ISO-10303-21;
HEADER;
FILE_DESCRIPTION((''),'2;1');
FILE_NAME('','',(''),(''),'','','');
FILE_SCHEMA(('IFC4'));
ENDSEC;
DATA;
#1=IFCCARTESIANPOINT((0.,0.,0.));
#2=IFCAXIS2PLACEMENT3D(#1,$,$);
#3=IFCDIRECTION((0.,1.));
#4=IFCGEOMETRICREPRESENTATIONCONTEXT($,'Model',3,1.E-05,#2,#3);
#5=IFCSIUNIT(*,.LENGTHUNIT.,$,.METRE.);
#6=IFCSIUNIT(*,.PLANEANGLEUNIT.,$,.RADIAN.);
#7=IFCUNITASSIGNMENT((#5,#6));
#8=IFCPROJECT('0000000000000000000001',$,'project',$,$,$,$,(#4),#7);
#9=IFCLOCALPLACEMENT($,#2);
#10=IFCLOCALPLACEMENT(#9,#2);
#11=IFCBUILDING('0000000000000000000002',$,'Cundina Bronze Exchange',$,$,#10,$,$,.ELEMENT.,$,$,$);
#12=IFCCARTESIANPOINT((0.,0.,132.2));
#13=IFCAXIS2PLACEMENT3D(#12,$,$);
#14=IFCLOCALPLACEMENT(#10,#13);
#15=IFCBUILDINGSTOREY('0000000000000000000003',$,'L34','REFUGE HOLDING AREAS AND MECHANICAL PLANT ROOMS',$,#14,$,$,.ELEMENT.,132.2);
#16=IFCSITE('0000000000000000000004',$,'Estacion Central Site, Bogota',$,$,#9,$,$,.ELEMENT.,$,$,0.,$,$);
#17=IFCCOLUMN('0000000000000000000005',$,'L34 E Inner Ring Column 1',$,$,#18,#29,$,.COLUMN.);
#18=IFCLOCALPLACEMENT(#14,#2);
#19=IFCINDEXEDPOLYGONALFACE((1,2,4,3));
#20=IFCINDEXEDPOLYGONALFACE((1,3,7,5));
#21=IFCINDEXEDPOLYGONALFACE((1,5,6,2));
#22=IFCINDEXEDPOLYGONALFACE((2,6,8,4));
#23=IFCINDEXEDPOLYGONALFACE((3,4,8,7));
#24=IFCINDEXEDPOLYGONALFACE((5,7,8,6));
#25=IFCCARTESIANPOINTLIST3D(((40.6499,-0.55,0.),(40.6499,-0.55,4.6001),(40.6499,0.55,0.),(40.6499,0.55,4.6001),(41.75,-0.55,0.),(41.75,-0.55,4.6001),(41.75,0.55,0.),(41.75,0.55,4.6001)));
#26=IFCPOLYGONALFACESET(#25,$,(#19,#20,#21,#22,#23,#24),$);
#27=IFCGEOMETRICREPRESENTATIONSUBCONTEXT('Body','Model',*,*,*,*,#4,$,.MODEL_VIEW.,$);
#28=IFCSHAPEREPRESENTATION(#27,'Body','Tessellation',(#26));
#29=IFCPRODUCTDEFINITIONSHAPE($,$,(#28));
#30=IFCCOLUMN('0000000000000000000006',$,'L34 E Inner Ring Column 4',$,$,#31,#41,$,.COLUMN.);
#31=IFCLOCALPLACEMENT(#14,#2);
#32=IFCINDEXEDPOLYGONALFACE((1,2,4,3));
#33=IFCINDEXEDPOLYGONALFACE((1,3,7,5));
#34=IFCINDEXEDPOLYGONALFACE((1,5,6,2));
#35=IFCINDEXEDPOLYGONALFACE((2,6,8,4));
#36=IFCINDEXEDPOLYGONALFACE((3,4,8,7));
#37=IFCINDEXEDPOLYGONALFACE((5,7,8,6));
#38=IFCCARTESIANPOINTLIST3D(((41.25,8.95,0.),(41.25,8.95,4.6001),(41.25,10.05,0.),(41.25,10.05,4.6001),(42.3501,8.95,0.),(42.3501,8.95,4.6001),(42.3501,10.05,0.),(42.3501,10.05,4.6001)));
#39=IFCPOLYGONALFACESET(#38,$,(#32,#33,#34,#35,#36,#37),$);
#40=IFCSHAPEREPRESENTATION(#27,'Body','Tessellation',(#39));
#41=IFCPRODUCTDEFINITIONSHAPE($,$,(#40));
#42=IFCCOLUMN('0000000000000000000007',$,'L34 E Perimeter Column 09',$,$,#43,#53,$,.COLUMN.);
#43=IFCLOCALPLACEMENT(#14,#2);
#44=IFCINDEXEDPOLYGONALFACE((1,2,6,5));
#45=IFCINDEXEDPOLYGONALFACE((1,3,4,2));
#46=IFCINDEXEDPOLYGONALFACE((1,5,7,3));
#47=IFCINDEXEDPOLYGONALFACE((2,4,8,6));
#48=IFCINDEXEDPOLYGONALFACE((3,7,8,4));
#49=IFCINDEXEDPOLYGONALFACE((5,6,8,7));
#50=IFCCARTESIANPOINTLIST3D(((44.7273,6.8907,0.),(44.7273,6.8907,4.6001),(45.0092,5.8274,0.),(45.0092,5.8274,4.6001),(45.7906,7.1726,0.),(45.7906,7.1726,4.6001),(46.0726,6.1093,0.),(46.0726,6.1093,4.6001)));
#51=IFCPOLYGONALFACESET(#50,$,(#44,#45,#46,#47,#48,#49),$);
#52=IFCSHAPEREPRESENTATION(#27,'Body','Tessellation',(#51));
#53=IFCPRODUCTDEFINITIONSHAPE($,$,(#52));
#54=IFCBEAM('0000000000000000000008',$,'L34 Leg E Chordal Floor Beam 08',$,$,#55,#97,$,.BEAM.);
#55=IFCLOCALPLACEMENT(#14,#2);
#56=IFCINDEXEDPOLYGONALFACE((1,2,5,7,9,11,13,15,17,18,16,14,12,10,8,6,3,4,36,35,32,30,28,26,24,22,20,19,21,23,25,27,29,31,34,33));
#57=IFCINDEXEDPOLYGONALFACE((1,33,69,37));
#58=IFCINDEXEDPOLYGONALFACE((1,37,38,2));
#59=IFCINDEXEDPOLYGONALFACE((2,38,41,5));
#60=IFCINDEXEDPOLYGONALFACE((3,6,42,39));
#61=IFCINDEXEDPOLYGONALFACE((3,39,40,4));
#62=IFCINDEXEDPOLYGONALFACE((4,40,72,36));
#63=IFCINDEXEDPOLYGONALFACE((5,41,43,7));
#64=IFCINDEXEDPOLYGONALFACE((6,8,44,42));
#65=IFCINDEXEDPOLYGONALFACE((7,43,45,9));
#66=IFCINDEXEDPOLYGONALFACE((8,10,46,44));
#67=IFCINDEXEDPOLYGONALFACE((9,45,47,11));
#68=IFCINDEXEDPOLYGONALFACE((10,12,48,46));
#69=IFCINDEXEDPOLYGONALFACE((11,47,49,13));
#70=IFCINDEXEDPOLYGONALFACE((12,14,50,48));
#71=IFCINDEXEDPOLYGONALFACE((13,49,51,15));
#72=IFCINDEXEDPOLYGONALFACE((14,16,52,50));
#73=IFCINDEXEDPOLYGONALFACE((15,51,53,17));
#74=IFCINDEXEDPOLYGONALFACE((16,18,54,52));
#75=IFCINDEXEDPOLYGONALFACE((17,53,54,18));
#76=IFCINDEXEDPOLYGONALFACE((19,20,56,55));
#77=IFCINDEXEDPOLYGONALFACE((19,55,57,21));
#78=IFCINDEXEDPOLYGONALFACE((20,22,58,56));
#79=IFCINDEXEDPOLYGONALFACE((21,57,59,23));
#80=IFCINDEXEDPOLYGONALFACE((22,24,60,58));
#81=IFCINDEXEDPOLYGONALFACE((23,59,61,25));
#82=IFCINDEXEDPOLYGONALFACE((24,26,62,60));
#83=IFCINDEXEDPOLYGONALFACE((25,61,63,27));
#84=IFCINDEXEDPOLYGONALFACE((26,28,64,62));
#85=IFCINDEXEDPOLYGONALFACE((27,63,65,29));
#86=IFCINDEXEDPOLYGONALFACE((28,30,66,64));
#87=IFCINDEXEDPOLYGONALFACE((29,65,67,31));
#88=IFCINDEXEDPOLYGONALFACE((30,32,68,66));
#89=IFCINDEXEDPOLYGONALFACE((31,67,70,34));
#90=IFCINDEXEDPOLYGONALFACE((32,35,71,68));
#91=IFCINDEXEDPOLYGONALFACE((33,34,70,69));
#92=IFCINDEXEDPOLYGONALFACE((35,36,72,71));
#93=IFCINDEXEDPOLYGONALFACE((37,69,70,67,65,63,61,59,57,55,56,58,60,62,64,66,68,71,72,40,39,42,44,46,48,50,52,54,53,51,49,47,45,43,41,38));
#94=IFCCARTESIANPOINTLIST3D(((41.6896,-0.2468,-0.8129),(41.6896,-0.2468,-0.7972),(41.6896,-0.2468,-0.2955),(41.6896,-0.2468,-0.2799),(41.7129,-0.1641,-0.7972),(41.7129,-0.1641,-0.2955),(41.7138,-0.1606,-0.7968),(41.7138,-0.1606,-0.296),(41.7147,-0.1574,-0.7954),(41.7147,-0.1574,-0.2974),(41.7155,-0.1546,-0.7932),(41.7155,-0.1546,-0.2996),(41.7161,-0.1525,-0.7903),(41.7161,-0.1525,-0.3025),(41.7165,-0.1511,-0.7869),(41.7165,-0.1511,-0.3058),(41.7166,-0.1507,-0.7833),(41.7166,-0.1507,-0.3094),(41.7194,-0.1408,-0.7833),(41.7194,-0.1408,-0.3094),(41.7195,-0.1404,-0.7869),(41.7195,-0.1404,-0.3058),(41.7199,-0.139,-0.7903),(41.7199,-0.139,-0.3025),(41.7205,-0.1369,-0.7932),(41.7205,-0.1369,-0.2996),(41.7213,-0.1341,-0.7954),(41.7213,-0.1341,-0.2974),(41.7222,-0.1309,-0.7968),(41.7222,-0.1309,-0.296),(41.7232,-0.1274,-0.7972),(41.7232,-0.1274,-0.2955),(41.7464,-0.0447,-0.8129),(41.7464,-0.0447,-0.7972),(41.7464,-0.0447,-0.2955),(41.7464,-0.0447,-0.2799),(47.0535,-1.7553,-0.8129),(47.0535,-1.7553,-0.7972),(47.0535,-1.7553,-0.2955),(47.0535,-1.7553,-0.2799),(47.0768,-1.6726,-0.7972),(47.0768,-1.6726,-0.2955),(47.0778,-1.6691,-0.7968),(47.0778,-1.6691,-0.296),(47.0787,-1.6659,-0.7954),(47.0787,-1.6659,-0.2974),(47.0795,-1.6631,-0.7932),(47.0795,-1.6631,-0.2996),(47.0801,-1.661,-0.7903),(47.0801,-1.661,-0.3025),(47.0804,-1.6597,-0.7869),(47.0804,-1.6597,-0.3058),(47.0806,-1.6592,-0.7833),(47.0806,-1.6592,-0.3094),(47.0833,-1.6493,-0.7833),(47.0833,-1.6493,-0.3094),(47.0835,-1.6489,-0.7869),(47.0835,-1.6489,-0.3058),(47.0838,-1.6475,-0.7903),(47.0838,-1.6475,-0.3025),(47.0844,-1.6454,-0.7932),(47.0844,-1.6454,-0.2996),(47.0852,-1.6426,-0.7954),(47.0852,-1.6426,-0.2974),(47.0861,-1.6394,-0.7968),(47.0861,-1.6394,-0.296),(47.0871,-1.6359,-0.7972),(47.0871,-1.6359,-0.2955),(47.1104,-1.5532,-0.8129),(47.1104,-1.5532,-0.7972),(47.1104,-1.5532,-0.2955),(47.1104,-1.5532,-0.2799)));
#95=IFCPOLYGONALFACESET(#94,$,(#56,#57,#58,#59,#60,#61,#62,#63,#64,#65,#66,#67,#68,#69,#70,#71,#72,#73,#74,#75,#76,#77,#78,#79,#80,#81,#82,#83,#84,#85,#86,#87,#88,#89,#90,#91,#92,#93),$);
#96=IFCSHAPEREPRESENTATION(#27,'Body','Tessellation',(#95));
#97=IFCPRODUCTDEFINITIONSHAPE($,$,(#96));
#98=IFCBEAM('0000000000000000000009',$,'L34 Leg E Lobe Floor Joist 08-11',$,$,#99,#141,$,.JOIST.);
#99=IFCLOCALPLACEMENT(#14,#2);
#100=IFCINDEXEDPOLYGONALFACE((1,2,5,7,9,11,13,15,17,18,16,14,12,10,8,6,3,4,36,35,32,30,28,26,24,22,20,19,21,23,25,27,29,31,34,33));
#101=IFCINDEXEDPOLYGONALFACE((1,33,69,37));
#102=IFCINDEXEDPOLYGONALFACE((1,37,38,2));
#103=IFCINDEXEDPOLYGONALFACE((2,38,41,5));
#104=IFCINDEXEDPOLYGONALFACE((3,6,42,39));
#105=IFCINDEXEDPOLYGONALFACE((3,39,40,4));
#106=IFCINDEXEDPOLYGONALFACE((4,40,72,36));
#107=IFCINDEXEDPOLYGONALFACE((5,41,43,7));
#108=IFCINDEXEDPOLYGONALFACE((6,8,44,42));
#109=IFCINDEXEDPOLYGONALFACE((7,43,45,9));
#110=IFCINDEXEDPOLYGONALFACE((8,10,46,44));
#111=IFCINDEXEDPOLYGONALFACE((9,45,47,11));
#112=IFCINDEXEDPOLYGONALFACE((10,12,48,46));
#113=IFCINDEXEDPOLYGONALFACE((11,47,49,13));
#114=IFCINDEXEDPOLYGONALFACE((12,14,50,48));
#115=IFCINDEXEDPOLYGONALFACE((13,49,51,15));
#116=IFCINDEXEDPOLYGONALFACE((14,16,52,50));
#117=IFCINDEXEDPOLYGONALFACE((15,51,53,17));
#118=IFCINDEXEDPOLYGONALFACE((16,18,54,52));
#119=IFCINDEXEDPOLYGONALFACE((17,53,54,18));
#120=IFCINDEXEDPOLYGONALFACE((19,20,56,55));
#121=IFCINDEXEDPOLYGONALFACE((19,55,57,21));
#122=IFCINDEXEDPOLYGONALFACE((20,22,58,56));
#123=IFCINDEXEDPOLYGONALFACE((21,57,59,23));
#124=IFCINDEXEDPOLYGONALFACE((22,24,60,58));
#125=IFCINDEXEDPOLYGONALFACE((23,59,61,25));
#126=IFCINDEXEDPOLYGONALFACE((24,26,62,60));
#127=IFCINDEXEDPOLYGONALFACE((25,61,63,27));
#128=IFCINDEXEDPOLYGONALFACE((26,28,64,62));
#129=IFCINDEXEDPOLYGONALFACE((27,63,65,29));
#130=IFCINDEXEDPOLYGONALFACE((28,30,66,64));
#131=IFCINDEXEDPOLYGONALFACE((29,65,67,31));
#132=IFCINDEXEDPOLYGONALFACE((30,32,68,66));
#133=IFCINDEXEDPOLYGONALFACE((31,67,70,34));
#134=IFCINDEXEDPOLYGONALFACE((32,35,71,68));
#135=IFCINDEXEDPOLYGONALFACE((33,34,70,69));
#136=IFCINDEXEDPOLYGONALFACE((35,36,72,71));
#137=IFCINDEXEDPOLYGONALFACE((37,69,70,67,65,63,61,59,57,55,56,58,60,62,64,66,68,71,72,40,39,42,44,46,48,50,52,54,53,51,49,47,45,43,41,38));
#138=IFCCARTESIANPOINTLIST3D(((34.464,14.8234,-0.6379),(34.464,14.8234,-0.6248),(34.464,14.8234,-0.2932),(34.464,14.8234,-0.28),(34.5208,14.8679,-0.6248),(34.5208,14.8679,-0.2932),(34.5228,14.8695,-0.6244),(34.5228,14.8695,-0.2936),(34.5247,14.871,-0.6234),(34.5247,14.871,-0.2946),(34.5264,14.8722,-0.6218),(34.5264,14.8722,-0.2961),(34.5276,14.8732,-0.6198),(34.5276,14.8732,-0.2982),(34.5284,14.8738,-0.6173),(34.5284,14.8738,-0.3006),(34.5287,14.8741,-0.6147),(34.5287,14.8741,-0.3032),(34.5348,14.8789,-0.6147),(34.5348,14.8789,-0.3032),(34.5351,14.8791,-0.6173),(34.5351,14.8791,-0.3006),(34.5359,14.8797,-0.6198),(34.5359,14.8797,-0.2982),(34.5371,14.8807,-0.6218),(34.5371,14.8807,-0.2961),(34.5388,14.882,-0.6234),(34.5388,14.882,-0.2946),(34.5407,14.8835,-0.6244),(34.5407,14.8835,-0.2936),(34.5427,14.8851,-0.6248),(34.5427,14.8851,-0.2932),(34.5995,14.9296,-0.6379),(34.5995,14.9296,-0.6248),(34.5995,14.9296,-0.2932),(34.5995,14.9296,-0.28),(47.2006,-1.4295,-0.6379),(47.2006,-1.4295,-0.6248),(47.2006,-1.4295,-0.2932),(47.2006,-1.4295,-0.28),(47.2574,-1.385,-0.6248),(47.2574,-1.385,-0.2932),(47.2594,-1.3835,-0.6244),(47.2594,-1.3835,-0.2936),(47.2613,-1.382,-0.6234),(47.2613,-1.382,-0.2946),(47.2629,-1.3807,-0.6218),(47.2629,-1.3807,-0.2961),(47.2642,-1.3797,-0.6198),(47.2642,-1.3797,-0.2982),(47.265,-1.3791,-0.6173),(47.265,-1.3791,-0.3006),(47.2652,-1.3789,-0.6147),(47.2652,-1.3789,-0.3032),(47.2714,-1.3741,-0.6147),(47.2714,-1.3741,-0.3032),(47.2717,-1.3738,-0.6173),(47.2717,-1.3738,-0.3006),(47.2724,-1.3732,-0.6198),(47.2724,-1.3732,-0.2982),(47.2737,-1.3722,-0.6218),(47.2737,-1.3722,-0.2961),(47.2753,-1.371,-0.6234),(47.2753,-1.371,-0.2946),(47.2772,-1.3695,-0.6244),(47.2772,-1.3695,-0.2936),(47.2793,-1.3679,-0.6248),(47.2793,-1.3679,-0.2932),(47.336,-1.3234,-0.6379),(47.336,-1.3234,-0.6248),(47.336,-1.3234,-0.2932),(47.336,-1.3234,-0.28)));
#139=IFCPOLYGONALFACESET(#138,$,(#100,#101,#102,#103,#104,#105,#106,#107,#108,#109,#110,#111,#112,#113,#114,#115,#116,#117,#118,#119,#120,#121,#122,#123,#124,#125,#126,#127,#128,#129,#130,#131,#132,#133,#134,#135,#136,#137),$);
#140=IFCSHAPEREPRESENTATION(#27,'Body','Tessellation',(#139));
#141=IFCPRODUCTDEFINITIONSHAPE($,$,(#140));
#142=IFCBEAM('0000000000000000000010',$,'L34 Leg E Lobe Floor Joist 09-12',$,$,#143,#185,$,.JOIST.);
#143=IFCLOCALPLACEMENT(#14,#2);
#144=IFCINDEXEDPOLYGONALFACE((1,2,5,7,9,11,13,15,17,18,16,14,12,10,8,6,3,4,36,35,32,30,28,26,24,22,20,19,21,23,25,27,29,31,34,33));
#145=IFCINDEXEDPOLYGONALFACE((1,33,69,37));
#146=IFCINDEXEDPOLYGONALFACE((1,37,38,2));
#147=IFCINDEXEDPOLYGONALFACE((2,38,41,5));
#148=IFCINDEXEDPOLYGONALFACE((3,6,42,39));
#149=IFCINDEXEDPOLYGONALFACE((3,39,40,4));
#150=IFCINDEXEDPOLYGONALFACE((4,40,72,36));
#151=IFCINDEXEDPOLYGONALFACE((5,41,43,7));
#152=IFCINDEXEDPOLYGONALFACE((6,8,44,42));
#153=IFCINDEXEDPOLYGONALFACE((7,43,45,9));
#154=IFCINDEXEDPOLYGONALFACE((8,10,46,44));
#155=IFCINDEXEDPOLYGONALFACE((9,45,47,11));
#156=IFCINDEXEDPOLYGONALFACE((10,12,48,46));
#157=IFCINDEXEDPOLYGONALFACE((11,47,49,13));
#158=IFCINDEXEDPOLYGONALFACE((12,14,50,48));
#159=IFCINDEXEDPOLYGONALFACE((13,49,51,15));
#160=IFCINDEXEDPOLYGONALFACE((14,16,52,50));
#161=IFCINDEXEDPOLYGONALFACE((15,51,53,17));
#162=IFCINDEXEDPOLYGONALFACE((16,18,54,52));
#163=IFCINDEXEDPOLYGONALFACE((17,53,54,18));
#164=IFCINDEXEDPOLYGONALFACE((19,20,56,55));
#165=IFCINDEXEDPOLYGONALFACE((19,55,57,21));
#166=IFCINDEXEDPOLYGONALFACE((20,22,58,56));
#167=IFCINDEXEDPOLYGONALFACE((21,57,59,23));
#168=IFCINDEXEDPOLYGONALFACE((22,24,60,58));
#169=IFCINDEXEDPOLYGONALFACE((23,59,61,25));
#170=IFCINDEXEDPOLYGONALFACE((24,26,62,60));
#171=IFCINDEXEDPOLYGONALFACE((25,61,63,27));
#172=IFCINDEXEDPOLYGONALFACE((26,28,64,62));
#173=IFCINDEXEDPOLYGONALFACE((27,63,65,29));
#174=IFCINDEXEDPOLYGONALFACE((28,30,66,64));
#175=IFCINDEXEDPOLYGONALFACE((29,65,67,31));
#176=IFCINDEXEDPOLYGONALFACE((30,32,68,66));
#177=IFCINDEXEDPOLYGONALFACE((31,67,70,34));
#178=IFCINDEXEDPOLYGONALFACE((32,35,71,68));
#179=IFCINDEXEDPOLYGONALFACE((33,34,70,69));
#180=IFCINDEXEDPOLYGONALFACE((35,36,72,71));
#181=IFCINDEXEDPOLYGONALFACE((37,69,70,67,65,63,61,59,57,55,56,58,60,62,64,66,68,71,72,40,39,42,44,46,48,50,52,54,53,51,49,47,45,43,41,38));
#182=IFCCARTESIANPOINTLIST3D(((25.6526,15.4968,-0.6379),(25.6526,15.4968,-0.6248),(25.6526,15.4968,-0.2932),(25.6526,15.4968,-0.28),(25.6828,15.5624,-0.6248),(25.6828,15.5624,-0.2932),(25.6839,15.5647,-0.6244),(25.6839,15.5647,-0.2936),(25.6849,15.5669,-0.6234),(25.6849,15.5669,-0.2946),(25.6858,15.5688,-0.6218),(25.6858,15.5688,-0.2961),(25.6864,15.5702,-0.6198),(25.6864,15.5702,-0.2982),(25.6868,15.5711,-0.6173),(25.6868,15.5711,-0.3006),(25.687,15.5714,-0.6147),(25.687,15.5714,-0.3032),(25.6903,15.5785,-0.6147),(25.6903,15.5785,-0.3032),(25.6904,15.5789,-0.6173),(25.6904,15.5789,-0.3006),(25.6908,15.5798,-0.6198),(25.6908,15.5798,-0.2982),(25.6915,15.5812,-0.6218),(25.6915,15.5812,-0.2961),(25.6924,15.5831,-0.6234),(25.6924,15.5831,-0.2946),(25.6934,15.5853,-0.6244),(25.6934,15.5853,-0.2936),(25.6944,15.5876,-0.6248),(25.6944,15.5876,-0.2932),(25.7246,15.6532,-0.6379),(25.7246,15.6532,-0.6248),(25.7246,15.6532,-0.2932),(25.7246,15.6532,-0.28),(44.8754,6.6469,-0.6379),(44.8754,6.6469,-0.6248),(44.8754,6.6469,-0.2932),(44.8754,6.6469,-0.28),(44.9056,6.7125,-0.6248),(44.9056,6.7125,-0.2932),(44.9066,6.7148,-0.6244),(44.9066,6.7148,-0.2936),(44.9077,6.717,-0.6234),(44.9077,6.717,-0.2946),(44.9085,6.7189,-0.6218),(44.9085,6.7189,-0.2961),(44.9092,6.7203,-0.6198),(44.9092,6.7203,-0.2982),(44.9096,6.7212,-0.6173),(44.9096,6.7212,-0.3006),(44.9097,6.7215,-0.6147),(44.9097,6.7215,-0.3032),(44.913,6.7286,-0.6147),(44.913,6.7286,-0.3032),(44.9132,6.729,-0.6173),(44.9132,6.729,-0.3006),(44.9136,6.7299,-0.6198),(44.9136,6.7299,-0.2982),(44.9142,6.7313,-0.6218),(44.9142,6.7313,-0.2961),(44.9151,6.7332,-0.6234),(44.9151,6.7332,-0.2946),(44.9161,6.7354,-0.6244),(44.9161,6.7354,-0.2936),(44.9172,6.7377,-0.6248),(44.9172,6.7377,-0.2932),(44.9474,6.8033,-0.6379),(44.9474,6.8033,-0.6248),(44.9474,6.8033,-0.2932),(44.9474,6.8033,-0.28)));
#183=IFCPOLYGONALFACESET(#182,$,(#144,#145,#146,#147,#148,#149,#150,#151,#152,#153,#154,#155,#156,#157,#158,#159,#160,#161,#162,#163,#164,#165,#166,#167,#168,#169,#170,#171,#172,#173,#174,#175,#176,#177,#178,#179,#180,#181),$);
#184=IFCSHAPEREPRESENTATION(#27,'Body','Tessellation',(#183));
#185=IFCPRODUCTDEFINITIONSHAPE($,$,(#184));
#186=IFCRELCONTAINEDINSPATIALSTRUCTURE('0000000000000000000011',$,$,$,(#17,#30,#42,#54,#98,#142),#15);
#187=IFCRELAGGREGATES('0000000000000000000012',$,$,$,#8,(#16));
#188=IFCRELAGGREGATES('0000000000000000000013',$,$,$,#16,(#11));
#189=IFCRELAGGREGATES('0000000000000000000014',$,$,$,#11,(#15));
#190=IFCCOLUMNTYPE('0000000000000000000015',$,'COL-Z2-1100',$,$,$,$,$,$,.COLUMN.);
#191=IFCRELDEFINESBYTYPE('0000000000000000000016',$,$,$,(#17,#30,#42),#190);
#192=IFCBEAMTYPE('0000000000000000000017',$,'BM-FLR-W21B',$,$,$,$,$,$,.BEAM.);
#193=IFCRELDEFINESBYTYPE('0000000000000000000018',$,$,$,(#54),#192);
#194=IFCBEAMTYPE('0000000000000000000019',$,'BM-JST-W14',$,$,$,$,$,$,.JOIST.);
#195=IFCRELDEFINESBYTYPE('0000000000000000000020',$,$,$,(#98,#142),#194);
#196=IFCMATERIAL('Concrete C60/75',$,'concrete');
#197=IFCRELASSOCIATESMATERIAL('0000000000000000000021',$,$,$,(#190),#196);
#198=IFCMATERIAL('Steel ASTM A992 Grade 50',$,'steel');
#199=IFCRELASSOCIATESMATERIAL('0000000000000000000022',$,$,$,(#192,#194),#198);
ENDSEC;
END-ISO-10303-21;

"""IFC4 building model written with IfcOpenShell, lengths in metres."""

from ifc_helpers import new_model, si_unit, direction, frame, origin, origin_2d, place, context, subcontext, project, spatial, rectangle, i_section, extrude, material, material_profile, profile_set, type_object, element, save


model = new_model("IFC4")

# Units and contexts
model_context = context("Model", 3, precision=1e-05, world=origin(), true_north=direction((0.0, 1.0)))
body_context = subcontext(model_context, "Body", "Model", "MODEL_VIEW")
ifc_project = project(units=[si_unit("LENGTHUNIT", "METRE"), si_unit("PLANEANGLEUNIT", "RADIAN")], contexts=[model_context])

# Site, building, storey
site_placement = place(None, origin())
site = spatial("IfcSite", under=ifc_project, at=site_placement, Name="Estacion Central Site, Bogota", CompositionType="ELEMENT", RefElevation=0.0)
building_placement = place(site_placement, origin())
building = spatial("IfcBuilding", under=site, at=building_placement, Name="Cundina Bronze Exchange", CompositionType="ELEMENT")
storey_placement = place(building_placement, frame((0.0, 0.0, 132.2)))
storey = spatial("IfcBuildingStorey", under=building, at=storey_placement, Name="L34", Description="REFUGE HOLDING AREAS AND MECHANICAL PLANT ROOMS", CompositionType="ELEMENT", Elevation=132.2)

# Columns
ifc_material_1 = material(Name="Concrete C60/75", Category="concrete")
ifc_material_profile_1 = material_profile(ifc_material_1, rectangle(XDim=1.1001, YDim=1.1001, at=origin_2d()), Name="RC1100X1100", Category="concrete")
ifc_profile_set_1 = profile_set([ifc_material_profile_1], Name="Concrete C60/75")
column_type = type_object("IfcColumnType", Name="COL-Z2-1100", PredefinedType="COLUMN", material=ifc_profile_set_1)
for number, where, z_axis, x_axis, name in (
    (1, (41.2, 0.0, 0.0), (0.0, 0.0, 1.0), (1.0, 0.0, 0.0), "L34 E Inner Ring Column 1"),
    (2, (41.8, 9.5, 0.0), (0.0, 0.0, 1.0), (1.0, 0.0, 0.0), "L34 E Inner Ring Column 4"),
    (3, (45.3999, 6.5, 0.0), (0.0, 0.0, 1.0), (-0.256289, 0.9666, 0.0), "L34 E Perimeter Column 09"),
):
    element("IfcColumn", number, at=place(storey_placement, frame(where, z_axis=z_axis, x_axis=x_axis)), inside=storey, type_object=column_type, Name=name, PredefinedType="COLUMN", context=body_context, shape_type="SweptSolid", body=[
        extrude(rectangle(XDim=1.1001, YDim=1.1001, at=origin_2d()), origin(), (0.0, 0.0, 1.0), 4.6001),
    ])

# Beams
ifc_material_2 = material(Name="Steel ASTM A992 Grade 50", Category="steel")
ifc_material_profile_2 = material_profile(ifc_material_2, i_section(OverallWidth=0.21, OverallDepth=0.533, WebThickness=0.0103, FlangeThickness=0.0156, FilletRadius=0.0139, at=origin_2d()), Name="W21X62", Category="steel")
ifc_profile_set_2 = profile_set([ifc_material_profile_2], Name="Steel ASTM A992 Grade 50")
beam_type_1 = type_object("IfcBeamType", Name="BM-FLR-W21B", PredefinedType="BEAM", material=ifc_profile_set_2)
beam_1_placement = place(storey_placement, frame((41.718, -0.1458, -0.5464), z_axis=(0.962655, -0.270732, 0.0), x_axis=(0.270732, 0.962655, 0.0)))
element("IfcBeam", 4, at=beam_1_placement, inside=storey, type_object=beam_type_1, Name="L34 Leg E Chordal Floor Beam 08", PredefinedType="BEAM", context=body_context, shape_type="SweptSolid", body=[
    extrude(i_section(OverallWidth=0.21, OverallDepth=0.533, WebThickness=0.0103, FlangeThickness=0.0156, FilletRadius=0.0139, at=origin_2d()), origin(), (0.0, 0.0, 1.0), 5.572),
])
ifc_material_profile_3 = material_profile(ifc_material_2, i_section(OverallWidth=0.1721, OverallDepth=0.3579, WebThickness=0.0078, FlangeThickness=0.0132, FilletRadius=0.01, at=origin_2d()), Name="W14X38", Category="steel")
ifc_profile_set_3 = profile_set([ifc_material_profile_3], Name="Steel ASTM A992 Grade 50")
beam_type_2 = type_object("IfcBeamType", Name="BM-JST-W14", PredefinedType="JOIST", material=ifc_profile_set_3)
beam_2_placement = place(storey_placement, frame((47.2683, -1.3765, -0.459), z_axis=(-0.616815, 0.787108, 0.0), x_axis=(-0.787108, -0.616815, 0.0)))
element("IfcBeam", 5, at=beam_2_placement, inside=storey, type_object=beam_type_2, Name="L34 Leg E Lobe Floor Joist 08-11", PredefinedType="JOIST", context=body_context, shape_type="SweptSolid", body=[
    extrude(i_section(OverallWidth=0.1721, OverallDepth=0.3579, WebThickness=0.0078, FlangeThickness=0.0132, FilletRadius=0.01, at=origin_2d()), origin(), (0.0, 0.0, 1.0), 20.6489),
])
beam_3_placement = place(storey_placement, frame((44.9114, 6.7251, -0.459), z_axis=(-0.908357, 0.418195, 0.0), x_axis=(-0.418195, -0.908357, 0.0)))
element("IfcBeam", 6, at=beam_3_placement, inside=storey, type_object=beam_type_2, Name="L34 Leg E Lobe Floor Joist 09-12", PredefinedType="JOIST", context=body_context, shape_type="SweptSolid", body=[
    extrude(i_section(OverallWidth=0.1721, OverallDepth=0.3579, WebThickness=0.0078, FlangeThickness=0.0132, FilletRadius=0.01, at=origin_2d()), origin(), (0.0, 0.0, 1.0), 21.1621),
])

save(model, "model.ifc")
